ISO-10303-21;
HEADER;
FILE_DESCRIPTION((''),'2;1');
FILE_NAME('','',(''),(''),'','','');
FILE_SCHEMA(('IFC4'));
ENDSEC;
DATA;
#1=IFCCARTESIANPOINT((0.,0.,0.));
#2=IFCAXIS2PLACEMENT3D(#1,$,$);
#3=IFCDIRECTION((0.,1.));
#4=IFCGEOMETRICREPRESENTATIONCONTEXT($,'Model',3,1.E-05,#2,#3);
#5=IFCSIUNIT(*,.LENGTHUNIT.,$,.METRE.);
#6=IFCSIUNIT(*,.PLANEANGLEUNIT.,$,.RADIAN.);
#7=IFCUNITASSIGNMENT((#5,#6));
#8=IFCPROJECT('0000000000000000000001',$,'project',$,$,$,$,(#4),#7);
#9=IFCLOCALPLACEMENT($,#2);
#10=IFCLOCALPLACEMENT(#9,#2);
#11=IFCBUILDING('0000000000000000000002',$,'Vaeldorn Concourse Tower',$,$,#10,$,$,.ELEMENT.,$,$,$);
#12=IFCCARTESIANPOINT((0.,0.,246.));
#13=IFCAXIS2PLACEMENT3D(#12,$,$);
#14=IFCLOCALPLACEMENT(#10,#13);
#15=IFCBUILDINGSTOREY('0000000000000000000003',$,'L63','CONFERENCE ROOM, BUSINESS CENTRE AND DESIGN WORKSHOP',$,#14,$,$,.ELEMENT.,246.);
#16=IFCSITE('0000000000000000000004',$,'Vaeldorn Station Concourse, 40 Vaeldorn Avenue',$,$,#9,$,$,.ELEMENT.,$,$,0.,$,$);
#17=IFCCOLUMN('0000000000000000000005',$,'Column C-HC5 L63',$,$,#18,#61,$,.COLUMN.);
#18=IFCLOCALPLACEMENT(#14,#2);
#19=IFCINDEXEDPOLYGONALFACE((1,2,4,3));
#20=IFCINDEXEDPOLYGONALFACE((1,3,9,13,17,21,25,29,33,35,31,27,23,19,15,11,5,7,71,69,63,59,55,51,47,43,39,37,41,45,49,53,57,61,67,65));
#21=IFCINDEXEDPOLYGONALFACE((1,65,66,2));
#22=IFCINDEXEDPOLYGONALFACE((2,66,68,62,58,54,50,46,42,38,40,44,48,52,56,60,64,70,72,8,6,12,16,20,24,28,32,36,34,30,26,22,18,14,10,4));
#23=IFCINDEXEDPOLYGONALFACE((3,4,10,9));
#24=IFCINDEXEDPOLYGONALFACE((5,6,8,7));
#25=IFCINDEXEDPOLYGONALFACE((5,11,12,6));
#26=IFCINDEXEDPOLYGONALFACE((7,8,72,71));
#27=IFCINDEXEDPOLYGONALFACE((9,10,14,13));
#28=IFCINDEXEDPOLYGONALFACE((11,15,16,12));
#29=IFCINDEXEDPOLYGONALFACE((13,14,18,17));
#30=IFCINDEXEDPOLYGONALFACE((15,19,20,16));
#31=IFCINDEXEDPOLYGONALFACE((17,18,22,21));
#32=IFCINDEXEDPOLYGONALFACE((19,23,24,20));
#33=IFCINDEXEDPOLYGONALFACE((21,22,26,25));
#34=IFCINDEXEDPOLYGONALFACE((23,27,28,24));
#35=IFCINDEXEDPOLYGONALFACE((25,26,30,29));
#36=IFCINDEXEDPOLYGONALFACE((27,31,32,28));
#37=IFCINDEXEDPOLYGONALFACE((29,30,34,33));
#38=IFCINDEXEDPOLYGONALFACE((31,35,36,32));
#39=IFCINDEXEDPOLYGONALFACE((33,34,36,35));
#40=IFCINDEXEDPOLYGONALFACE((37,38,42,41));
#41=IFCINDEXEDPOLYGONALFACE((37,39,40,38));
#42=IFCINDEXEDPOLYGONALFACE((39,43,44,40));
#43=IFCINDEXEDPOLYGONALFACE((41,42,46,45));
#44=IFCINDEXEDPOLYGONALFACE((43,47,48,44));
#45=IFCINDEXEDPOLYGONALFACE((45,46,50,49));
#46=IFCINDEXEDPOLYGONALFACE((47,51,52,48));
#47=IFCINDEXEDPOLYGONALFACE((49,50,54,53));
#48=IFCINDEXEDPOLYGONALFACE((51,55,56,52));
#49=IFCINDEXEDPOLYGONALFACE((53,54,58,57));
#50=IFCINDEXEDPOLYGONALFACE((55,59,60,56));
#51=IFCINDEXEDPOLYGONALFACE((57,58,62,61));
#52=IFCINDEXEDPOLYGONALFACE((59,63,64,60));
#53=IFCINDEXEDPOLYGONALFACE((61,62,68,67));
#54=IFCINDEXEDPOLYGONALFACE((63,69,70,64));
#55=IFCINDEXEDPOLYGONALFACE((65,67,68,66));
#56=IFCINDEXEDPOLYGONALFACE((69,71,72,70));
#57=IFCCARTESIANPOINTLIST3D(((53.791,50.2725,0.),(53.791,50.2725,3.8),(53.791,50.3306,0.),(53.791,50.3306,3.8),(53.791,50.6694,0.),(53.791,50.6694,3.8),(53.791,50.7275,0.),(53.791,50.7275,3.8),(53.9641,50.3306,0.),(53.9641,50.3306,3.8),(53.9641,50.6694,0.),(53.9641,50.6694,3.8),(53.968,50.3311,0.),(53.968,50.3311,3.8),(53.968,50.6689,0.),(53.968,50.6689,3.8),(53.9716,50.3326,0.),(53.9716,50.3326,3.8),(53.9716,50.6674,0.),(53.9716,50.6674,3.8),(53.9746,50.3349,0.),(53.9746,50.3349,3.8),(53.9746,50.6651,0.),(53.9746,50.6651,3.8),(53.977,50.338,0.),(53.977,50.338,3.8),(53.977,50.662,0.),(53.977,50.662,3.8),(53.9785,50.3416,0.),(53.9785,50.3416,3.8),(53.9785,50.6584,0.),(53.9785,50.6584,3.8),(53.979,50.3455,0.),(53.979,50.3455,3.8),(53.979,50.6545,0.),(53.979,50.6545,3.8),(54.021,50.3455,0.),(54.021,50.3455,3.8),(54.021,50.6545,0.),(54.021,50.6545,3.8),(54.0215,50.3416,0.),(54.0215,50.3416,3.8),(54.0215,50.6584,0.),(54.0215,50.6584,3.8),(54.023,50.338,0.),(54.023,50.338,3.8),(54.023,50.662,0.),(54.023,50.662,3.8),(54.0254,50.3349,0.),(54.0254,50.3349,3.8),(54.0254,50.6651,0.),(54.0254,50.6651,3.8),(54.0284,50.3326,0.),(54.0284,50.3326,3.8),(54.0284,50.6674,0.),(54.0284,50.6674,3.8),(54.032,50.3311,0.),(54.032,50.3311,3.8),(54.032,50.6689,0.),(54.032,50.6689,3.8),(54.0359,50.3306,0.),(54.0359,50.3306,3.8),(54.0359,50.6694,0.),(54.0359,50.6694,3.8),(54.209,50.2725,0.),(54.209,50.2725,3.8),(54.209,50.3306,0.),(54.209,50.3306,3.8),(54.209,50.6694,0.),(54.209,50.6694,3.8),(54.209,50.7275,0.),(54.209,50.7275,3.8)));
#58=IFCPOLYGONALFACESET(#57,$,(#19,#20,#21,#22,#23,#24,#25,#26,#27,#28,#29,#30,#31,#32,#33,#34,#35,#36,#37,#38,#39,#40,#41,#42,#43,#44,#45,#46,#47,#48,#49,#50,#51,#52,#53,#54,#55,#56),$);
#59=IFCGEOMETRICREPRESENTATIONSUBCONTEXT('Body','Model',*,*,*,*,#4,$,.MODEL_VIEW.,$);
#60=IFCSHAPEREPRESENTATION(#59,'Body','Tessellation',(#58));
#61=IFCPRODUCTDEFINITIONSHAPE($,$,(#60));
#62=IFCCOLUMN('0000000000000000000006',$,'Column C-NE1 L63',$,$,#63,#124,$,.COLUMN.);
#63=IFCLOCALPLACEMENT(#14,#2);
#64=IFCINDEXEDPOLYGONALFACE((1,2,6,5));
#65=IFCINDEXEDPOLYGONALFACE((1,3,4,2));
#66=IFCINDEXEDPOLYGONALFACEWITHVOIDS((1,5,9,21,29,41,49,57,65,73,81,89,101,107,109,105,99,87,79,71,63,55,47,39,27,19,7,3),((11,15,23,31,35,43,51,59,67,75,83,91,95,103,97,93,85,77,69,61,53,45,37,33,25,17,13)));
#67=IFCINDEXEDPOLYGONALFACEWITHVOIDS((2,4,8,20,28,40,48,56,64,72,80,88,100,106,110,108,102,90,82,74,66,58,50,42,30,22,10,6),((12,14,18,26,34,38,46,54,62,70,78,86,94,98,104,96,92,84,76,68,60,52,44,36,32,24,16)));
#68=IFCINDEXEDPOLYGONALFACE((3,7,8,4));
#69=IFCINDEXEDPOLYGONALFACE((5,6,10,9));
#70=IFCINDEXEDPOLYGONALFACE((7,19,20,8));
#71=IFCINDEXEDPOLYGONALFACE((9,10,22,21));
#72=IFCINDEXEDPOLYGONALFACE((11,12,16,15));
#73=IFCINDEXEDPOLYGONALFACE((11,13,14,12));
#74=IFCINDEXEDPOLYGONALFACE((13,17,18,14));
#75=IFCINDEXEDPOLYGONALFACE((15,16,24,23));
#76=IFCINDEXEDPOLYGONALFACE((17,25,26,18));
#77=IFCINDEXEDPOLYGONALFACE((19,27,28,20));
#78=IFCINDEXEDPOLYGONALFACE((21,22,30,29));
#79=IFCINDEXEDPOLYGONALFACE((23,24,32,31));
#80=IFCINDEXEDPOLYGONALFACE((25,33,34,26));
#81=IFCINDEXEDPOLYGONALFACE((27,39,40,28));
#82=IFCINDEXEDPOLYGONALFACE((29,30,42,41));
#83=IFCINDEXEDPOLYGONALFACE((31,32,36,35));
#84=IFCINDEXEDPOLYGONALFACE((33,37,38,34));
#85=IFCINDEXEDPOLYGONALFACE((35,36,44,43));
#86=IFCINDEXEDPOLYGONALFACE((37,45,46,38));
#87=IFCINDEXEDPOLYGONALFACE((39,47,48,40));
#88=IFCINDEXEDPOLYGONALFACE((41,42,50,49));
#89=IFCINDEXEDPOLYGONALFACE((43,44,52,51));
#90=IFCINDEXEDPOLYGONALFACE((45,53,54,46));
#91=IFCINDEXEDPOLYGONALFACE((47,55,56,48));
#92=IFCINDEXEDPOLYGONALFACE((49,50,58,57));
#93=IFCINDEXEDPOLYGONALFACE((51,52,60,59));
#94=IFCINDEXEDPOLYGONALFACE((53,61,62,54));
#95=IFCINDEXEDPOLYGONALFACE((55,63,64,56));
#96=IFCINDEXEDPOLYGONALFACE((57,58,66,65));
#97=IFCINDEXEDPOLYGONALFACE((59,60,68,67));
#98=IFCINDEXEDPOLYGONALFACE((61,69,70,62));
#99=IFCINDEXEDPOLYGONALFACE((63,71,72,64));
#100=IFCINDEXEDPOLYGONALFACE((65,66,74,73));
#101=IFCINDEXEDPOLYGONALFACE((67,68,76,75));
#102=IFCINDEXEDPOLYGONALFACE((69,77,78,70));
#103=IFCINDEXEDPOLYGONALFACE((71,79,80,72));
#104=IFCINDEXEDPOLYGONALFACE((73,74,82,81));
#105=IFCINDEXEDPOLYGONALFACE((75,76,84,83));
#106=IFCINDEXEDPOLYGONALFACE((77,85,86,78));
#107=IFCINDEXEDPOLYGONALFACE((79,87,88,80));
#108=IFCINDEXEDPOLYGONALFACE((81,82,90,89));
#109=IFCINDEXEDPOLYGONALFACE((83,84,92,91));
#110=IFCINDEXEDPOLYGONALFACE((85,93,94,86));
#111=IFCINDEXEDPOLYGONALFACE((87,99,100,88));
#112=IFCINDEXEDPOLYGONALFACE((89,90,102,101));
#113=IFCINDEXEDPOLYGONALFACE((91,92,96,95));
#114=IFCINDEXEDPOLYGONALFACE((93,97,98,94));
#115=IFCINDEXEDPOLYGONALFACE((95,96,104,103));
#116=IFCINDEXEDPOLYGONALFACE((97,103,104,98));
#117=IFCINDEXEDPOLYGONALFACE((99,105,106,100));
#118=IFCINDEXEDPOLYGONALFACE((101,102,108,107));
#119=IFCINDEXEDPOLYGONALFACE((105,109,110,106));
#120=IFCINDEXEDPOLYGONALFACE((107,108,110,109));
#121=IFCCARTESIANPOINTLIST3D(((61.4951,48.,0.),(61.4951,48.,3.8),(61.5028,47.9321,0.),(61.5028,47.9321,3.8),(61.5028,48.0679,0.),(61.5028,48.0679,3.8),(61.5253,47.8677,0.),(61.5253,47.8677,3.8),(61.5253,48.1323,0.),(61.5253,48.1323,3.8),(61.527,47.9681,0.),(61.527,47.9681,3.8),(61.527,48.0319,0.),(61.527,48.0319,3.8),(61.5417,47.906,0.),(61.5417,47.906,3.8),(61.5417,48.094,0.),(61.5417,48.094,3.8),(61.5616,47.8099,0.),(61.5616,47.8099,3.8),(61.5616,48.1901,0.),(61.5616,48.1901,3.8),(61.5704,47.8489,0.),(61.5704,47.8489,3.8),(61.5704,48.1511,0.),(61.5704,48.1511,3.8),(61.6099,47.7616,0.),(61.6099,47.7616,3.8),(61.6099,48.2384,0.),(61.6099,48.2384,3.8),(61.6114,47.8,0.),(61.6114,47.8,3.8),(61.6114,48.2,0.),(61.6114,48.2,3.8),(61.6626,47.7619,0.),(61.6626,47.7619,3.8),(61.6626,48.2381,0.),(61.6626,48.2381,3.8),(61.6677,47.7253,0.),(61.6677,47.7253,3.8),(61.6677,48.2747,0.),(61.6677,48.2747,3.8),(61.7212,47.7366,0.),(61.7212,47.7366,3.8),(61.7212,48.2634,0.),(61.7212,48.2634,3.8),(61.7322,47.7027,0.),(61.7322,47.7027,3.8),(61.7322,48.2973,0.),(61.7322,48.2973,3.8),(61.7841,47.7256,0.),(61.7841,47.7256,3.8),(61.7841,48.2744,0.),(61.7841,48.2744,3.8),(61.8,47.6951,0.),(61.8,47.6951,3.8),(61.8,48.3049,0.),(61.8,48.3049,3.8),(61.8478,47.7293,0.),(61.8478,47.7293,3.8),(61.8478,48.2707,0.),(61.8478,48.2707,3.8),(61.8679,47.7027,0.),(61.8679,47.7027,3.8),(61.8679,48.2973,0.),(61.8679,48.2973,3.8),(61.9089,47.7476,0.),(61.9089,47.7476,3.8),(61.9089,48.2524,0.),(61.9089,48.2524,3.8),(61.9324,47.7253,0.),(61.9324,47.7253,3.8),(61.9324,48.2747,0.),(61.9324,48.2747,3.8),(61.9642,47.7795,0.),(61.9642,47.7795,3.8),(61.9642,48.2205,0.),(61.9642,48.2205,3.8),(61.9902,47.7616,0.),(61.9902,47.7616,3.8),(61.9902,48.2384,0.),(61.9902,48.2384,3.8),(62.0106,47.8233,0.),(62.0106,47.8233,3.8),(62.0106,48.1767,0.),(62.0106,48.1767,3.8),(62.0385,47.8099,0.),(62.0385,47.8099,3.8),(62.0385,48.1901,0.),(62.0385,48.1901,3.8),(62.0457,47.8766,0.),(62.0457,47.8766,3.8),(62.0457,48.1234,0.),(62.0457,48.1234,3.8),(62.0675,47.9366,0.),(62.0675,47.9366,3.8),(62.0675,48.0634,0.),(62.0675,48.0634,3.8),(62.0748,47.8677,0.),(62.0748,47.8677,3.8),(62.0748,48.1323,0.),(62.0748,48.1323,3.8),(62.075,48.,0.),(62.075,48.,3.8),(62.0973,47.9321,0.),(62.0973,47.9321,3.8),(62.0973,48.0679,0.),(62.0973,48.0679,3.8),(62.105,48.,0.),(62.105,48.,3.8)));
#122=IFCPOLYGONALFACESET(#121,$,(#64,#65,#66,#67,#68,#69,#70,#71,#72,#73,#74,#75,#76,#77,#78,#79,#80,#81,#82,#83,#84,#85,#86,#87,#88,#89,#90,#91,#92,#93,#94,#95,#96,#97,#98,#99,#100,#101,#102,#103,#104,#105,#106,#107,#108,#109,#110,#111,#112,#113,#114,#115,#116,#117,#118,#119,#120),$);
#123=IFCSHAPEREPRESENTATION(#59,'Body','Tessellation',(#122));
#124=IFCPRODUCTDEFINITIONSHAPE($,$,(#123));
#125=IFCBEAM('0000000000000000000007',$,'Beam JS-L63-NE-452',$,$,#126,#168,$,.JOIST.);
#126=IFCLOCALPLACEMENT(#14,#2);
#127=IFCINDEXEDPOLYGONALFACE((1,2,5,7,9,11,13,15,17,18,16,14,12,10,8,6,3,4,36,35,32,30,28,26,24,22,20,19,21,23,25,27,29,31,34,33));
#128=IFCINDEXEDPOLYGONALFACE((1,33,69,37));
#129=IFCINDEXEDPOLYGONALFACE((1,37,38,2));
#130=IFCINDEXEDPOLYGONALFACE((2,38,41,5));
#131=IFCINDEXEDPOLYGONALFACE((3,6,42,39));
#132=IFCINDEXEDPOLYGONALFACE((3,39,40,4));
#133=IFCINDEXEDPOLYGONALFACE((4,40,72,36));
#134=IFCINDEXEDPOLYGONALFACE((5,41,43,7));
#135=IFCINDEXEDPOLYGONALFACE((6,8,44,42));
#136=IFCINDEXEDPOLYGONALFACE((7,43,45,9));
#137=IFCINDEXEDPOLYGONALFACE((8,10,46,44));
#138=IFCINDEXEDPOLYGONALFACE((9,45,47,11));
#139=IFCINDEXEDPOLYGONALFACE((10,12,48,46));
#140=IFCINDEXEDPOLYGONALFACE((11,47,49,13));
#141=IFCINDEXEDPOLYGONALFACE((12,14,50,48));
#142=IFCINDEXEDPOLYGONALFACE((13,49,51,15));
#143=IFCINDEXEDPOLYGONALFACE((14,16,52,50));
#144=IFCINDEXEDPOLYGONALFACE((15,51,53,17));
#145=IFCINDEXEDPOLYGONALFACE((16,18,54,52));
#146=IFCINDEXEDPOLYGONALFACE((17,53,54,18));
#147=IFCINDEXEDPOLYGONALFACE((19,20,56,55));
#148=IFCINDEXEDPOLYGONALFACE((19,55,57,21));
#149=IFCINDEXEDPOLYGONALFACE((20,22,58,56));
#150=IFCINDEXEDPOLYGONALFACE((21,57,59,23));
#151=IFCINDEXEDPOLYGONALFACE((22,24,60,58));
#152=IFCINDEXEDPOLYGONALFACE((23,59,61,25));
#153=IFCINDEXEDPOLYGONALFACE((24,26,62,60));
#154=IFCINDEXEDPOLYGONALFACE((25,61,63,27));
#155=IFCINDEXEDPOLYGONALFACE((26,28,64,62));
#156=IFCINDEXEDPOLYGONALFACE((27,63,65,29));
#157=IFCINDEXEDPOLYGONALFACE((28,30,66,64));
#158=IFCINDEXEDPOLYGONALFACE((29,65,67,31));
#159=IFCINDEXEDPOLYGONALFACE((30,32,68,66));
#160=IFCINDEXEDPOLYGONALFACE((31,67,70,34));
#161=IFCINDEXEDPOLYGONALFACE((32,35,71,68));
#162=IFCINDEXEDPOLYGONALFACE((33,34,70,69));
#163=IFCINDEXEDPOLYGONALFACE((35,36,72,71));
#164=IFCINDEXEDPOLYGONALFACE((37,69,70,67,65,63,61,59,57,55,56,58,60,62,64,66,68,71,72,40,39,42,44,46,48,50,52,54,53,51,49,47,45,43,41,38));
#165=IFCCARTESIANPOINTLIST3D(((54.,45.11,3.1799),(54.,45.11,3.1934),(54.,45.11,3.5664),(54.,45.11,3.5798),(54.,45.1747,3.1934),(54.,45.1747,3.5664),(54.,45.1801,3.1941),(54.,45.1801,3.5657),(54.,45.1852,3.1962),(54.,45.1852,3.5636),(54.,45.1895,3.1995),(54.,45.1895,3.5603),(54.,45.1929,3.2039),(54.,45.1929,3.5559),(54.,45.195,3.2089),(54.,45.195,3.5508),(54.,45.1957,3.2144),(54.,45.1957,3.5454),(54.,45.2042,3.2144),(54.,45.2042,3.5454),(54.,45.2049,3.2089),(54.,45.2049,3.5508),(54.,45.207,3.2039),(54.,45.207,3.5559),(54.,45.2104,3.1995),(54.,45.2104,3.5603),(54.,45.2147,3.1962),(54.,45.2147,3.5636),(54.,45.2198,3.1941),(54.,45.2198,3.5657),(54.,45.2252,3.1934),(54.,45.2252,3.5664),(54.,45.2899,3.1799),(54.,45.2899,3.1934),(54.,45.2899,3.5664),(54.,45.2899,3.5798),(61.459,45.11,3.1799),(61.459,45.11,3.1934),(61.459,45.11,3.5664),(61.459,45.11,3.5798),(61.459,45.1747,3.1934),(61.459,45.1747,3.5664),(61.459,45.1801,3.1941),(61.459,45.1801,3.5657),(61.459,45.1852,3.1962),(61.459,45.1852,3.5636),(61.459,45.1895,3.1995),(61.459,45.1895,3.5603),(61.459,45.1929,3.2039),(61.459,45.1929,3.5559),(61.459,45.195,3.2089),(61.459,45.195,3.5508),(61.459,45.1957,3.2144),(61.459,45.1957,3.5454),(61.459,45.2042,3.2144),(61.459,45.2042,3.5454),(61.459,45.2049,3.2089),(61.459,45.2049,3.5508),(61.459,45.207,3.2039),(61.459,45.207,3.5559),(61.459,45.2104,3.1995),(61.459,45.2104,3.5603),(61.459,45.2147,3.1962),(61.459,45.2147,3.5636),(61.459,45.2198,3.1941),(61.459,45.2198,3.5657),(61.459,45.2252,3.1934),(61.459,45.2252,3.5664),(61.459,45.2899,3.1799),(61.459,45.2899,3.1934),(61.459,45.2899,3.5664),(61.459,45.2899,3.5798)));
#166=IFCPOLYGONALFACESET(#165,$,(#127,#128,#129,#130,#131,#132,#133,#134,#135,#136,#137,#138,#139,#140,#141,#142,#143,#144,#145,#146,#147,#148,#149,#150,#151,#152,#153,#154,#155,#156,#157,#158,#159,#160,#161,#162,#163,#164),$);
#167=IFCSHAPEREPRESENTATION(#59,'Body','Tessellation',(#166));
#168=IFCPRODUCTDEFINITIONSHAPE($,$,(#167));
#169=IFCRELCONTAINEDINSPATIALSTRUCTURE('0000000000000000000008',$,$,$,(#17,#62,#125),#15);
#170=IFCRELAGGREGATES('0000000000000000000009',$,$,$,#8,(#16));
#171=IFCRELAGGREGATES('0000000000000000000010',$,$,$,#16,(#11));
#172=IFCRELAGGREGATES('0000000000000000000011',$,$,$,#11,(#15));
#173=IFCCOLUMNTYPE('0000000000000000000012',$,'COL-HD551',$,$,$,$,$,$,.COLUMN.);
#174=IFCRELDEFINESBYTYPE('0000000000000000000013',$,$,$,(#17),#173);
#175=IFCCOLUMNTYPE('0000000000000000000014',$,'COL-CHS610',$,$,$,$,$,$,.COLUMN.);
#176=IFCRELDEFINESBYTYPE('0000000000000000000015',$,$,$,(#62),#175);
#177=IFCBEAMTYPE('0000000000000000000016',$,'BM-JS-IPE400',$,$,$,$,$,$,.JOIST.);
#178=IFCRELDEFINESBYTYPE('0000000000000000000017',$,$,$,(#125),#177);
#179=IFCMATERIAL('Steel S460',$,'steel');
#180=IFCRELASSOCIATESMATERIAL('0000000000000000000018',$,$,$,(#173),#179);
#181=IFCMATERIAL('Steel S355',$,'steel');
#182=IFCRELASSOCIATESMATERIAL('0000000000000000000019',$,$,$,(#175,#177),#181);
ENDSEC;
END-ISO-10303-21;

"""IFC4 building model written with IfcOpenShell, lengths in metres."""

from ifc_helpers import new_model, si_unit, direction, frame, origin, origin_2d, place, context, subcontext, project, spatial, hollow_circle, i_section, extrude, source, transform, mapped, material, material_profile, profile_set, type_object, element, save


model = new_model("IFC4")

# Units and contexts
model_context = context("Model", 3, precision=1e-05, world=origin(), true_north=direction((0.0, 1.0)))
body_context = subcontext(model_context, "Body", "Model", "MODEL_VIEW")
ifc_project = project(units=[si_unit("LENGTHUNIT", "METRE"), si_unit("PLANEANGLEUNIT", "RADIAN")], contexts=[model_context])

# Site, building, storey
site_placement = place(None, origin())
site = spatial("IfcSite", under=ifc_project, at=site_placement, Name="Vaeldorn Station Concourse, 40 Vaeldorn Avenue", CompositionType="ELEMENT", RefElevation=0.0)
building_placement = place(site_placement, origin())
building = spatial("IfcBuilding", under=site, at=building_placement, Name="Vaeldorn Concourse Tower", CompositionType="ELEMENT")
storey_placement = place(building_placement, frame((0.0, 0.0, 246.0)))
storey = spatial("IfcBuildingStorey", under=building, at=storey_placement, Name="L63", Description="CONFERENCE ROOM, BUSINESS CENTRE AND DESIGN WORKSHOP", CompositionType="ELEMENT", Elevation=246.0)

# Columns
ifc_material_1 = material(Name="Steel S460", Category="steel")
ifc_material_profile_1 = material_profile(ifc_material_1, i_section(OverallWidth=0.418, OverallDepth=0.4551, WebThickness=0.042, FlangeThickness=0.0581, FilletRadius=0.0149, at=origin_2d()), Name="HD 400x551")
ifc_profile_set_1 = profile_set([ifc_material_profile_1], Name="Steel S460")
column_type_1 = type_object("IfcColumnType", Name="COL-HD551", PredefinedType="COLUMN", material=ifc_profile_set_1)
shared_shape_1 = source(origin(), body_context, "Body", "SweptSolid", [
    extrude(i_section(OverallWidth=0.418, OverallDepth=0.4551, WebThickness=0.042, FlangeThickness=0.0581, FilletRadius=0.0149, at=origin_2d()), origin(), (0.0, 0.0, 1.0), 3.8),
])
column_1_placement = place(storey_placement, frame((54.0, 50.5, 0.0), z_axis=(0.0, 0.0, 1.0), x_axis=(1.0, 0.0, 0.0)))
element("IfcColumn", 1, at=column_1_placement, inside=storey, type_object=column_type_1, Name="Column C-HC5 L63", PredefinedType="COLUMN", context=body_context, shape_type="MappedRepresentation", body=[
    mapped(shared_shape_1, transform((0.0, 0.0, 0.0), scale=1.0)),
])
ifc_material_2 = material(Name="Steel S355", Category="steel")
ifc_material_profile_2 = material_profile(ifc_material_2, hollow_circle(Radius=0.3049, WallThickness=0.03, at=origin_2d()), Name="CHS 610x30")
ifc_profile_set_2 = profile_set([ifc_material_profile_2], Name="Steel S355")
column_type_2 = type_object("IfcColumnType", Name="COL-CHS610", PredefinedType="COLUMN", material=ifc_profile_set_2)
shared_shape_2 = source(origin(), body_context, "Body", "SweptSolid", [
    extrude(hollow_circle(Radius=0.3049, WallThickness=0.03, at=origin_2d()), origin(), (0.0, 0.0, 1.0), 3.8),
])
column_2_placement = place(storey_placement, frame((61.8, 48.0, 0.0), z_axis=(0.0, 0.0, 1.0), x_axis=(1.0, 0.0, 0.0)))
element("IfcColumn", 2, at=column_2_placement, inside=storey, type_object=column_type_2, Name="Column C-NE1 L63", PredefinedType="COLUMN", context=body_context, shape_type="MappedRepresentation", body=[
    mapped(shared_shape_2, transform((0.0, 0.0, 0.0), scale=1.0)),
])

# Beam
ifc_material_profile_3 = material_profile(ifc_material_2, i_section(OverallWidth=0.1799, OverallDepth=0.3999, WebThickness=0.0085, FlangeThickness=0.0134, FilletRadius=0.021, at=origin_2d()), Name="IPE 400")
ifc_profile_set_3 = profile_set([ifc_material_profile_3], Name="Steel S355")
beam_type_1 = type_object("IfcBeamType", Name="BM-JS-IPE400", PredefinedType="JOIST", material=ifc_profile_set_3)
shared_shape_3 = source(origin(), body_context, "Body", "SweptSolid", [
    extrude(i_section(OverallWidth=0.1799, OverallDepth=0.3999, WebThickness=0.0085, FlangeThickness=0.0134, FilletRadius=0.021, at=origin_2d()), origin(), (0.0, 0.0, 1.0), 7.459),
])
beam_1_placement = place(storey_placement, frame((54.0, 45.2, 3.3799), z_axis=(1.0, 0.0, 0.0), x_axis=(0.0, 1.0, 0.0)))
element("IfcBeam", 3, at=beam_1_placement, inside=storey, type_object=beam_type_1, Name="Beam JS-L63-NE-452", PredefinedType="JOIST", context=body_context, shape_type="MappedRepresentation", body=[
    mapped(shared_shape_3, transform((0.0, 0.0, 0.0), scale=1.0)),
])

save(model, "model.ifc")
